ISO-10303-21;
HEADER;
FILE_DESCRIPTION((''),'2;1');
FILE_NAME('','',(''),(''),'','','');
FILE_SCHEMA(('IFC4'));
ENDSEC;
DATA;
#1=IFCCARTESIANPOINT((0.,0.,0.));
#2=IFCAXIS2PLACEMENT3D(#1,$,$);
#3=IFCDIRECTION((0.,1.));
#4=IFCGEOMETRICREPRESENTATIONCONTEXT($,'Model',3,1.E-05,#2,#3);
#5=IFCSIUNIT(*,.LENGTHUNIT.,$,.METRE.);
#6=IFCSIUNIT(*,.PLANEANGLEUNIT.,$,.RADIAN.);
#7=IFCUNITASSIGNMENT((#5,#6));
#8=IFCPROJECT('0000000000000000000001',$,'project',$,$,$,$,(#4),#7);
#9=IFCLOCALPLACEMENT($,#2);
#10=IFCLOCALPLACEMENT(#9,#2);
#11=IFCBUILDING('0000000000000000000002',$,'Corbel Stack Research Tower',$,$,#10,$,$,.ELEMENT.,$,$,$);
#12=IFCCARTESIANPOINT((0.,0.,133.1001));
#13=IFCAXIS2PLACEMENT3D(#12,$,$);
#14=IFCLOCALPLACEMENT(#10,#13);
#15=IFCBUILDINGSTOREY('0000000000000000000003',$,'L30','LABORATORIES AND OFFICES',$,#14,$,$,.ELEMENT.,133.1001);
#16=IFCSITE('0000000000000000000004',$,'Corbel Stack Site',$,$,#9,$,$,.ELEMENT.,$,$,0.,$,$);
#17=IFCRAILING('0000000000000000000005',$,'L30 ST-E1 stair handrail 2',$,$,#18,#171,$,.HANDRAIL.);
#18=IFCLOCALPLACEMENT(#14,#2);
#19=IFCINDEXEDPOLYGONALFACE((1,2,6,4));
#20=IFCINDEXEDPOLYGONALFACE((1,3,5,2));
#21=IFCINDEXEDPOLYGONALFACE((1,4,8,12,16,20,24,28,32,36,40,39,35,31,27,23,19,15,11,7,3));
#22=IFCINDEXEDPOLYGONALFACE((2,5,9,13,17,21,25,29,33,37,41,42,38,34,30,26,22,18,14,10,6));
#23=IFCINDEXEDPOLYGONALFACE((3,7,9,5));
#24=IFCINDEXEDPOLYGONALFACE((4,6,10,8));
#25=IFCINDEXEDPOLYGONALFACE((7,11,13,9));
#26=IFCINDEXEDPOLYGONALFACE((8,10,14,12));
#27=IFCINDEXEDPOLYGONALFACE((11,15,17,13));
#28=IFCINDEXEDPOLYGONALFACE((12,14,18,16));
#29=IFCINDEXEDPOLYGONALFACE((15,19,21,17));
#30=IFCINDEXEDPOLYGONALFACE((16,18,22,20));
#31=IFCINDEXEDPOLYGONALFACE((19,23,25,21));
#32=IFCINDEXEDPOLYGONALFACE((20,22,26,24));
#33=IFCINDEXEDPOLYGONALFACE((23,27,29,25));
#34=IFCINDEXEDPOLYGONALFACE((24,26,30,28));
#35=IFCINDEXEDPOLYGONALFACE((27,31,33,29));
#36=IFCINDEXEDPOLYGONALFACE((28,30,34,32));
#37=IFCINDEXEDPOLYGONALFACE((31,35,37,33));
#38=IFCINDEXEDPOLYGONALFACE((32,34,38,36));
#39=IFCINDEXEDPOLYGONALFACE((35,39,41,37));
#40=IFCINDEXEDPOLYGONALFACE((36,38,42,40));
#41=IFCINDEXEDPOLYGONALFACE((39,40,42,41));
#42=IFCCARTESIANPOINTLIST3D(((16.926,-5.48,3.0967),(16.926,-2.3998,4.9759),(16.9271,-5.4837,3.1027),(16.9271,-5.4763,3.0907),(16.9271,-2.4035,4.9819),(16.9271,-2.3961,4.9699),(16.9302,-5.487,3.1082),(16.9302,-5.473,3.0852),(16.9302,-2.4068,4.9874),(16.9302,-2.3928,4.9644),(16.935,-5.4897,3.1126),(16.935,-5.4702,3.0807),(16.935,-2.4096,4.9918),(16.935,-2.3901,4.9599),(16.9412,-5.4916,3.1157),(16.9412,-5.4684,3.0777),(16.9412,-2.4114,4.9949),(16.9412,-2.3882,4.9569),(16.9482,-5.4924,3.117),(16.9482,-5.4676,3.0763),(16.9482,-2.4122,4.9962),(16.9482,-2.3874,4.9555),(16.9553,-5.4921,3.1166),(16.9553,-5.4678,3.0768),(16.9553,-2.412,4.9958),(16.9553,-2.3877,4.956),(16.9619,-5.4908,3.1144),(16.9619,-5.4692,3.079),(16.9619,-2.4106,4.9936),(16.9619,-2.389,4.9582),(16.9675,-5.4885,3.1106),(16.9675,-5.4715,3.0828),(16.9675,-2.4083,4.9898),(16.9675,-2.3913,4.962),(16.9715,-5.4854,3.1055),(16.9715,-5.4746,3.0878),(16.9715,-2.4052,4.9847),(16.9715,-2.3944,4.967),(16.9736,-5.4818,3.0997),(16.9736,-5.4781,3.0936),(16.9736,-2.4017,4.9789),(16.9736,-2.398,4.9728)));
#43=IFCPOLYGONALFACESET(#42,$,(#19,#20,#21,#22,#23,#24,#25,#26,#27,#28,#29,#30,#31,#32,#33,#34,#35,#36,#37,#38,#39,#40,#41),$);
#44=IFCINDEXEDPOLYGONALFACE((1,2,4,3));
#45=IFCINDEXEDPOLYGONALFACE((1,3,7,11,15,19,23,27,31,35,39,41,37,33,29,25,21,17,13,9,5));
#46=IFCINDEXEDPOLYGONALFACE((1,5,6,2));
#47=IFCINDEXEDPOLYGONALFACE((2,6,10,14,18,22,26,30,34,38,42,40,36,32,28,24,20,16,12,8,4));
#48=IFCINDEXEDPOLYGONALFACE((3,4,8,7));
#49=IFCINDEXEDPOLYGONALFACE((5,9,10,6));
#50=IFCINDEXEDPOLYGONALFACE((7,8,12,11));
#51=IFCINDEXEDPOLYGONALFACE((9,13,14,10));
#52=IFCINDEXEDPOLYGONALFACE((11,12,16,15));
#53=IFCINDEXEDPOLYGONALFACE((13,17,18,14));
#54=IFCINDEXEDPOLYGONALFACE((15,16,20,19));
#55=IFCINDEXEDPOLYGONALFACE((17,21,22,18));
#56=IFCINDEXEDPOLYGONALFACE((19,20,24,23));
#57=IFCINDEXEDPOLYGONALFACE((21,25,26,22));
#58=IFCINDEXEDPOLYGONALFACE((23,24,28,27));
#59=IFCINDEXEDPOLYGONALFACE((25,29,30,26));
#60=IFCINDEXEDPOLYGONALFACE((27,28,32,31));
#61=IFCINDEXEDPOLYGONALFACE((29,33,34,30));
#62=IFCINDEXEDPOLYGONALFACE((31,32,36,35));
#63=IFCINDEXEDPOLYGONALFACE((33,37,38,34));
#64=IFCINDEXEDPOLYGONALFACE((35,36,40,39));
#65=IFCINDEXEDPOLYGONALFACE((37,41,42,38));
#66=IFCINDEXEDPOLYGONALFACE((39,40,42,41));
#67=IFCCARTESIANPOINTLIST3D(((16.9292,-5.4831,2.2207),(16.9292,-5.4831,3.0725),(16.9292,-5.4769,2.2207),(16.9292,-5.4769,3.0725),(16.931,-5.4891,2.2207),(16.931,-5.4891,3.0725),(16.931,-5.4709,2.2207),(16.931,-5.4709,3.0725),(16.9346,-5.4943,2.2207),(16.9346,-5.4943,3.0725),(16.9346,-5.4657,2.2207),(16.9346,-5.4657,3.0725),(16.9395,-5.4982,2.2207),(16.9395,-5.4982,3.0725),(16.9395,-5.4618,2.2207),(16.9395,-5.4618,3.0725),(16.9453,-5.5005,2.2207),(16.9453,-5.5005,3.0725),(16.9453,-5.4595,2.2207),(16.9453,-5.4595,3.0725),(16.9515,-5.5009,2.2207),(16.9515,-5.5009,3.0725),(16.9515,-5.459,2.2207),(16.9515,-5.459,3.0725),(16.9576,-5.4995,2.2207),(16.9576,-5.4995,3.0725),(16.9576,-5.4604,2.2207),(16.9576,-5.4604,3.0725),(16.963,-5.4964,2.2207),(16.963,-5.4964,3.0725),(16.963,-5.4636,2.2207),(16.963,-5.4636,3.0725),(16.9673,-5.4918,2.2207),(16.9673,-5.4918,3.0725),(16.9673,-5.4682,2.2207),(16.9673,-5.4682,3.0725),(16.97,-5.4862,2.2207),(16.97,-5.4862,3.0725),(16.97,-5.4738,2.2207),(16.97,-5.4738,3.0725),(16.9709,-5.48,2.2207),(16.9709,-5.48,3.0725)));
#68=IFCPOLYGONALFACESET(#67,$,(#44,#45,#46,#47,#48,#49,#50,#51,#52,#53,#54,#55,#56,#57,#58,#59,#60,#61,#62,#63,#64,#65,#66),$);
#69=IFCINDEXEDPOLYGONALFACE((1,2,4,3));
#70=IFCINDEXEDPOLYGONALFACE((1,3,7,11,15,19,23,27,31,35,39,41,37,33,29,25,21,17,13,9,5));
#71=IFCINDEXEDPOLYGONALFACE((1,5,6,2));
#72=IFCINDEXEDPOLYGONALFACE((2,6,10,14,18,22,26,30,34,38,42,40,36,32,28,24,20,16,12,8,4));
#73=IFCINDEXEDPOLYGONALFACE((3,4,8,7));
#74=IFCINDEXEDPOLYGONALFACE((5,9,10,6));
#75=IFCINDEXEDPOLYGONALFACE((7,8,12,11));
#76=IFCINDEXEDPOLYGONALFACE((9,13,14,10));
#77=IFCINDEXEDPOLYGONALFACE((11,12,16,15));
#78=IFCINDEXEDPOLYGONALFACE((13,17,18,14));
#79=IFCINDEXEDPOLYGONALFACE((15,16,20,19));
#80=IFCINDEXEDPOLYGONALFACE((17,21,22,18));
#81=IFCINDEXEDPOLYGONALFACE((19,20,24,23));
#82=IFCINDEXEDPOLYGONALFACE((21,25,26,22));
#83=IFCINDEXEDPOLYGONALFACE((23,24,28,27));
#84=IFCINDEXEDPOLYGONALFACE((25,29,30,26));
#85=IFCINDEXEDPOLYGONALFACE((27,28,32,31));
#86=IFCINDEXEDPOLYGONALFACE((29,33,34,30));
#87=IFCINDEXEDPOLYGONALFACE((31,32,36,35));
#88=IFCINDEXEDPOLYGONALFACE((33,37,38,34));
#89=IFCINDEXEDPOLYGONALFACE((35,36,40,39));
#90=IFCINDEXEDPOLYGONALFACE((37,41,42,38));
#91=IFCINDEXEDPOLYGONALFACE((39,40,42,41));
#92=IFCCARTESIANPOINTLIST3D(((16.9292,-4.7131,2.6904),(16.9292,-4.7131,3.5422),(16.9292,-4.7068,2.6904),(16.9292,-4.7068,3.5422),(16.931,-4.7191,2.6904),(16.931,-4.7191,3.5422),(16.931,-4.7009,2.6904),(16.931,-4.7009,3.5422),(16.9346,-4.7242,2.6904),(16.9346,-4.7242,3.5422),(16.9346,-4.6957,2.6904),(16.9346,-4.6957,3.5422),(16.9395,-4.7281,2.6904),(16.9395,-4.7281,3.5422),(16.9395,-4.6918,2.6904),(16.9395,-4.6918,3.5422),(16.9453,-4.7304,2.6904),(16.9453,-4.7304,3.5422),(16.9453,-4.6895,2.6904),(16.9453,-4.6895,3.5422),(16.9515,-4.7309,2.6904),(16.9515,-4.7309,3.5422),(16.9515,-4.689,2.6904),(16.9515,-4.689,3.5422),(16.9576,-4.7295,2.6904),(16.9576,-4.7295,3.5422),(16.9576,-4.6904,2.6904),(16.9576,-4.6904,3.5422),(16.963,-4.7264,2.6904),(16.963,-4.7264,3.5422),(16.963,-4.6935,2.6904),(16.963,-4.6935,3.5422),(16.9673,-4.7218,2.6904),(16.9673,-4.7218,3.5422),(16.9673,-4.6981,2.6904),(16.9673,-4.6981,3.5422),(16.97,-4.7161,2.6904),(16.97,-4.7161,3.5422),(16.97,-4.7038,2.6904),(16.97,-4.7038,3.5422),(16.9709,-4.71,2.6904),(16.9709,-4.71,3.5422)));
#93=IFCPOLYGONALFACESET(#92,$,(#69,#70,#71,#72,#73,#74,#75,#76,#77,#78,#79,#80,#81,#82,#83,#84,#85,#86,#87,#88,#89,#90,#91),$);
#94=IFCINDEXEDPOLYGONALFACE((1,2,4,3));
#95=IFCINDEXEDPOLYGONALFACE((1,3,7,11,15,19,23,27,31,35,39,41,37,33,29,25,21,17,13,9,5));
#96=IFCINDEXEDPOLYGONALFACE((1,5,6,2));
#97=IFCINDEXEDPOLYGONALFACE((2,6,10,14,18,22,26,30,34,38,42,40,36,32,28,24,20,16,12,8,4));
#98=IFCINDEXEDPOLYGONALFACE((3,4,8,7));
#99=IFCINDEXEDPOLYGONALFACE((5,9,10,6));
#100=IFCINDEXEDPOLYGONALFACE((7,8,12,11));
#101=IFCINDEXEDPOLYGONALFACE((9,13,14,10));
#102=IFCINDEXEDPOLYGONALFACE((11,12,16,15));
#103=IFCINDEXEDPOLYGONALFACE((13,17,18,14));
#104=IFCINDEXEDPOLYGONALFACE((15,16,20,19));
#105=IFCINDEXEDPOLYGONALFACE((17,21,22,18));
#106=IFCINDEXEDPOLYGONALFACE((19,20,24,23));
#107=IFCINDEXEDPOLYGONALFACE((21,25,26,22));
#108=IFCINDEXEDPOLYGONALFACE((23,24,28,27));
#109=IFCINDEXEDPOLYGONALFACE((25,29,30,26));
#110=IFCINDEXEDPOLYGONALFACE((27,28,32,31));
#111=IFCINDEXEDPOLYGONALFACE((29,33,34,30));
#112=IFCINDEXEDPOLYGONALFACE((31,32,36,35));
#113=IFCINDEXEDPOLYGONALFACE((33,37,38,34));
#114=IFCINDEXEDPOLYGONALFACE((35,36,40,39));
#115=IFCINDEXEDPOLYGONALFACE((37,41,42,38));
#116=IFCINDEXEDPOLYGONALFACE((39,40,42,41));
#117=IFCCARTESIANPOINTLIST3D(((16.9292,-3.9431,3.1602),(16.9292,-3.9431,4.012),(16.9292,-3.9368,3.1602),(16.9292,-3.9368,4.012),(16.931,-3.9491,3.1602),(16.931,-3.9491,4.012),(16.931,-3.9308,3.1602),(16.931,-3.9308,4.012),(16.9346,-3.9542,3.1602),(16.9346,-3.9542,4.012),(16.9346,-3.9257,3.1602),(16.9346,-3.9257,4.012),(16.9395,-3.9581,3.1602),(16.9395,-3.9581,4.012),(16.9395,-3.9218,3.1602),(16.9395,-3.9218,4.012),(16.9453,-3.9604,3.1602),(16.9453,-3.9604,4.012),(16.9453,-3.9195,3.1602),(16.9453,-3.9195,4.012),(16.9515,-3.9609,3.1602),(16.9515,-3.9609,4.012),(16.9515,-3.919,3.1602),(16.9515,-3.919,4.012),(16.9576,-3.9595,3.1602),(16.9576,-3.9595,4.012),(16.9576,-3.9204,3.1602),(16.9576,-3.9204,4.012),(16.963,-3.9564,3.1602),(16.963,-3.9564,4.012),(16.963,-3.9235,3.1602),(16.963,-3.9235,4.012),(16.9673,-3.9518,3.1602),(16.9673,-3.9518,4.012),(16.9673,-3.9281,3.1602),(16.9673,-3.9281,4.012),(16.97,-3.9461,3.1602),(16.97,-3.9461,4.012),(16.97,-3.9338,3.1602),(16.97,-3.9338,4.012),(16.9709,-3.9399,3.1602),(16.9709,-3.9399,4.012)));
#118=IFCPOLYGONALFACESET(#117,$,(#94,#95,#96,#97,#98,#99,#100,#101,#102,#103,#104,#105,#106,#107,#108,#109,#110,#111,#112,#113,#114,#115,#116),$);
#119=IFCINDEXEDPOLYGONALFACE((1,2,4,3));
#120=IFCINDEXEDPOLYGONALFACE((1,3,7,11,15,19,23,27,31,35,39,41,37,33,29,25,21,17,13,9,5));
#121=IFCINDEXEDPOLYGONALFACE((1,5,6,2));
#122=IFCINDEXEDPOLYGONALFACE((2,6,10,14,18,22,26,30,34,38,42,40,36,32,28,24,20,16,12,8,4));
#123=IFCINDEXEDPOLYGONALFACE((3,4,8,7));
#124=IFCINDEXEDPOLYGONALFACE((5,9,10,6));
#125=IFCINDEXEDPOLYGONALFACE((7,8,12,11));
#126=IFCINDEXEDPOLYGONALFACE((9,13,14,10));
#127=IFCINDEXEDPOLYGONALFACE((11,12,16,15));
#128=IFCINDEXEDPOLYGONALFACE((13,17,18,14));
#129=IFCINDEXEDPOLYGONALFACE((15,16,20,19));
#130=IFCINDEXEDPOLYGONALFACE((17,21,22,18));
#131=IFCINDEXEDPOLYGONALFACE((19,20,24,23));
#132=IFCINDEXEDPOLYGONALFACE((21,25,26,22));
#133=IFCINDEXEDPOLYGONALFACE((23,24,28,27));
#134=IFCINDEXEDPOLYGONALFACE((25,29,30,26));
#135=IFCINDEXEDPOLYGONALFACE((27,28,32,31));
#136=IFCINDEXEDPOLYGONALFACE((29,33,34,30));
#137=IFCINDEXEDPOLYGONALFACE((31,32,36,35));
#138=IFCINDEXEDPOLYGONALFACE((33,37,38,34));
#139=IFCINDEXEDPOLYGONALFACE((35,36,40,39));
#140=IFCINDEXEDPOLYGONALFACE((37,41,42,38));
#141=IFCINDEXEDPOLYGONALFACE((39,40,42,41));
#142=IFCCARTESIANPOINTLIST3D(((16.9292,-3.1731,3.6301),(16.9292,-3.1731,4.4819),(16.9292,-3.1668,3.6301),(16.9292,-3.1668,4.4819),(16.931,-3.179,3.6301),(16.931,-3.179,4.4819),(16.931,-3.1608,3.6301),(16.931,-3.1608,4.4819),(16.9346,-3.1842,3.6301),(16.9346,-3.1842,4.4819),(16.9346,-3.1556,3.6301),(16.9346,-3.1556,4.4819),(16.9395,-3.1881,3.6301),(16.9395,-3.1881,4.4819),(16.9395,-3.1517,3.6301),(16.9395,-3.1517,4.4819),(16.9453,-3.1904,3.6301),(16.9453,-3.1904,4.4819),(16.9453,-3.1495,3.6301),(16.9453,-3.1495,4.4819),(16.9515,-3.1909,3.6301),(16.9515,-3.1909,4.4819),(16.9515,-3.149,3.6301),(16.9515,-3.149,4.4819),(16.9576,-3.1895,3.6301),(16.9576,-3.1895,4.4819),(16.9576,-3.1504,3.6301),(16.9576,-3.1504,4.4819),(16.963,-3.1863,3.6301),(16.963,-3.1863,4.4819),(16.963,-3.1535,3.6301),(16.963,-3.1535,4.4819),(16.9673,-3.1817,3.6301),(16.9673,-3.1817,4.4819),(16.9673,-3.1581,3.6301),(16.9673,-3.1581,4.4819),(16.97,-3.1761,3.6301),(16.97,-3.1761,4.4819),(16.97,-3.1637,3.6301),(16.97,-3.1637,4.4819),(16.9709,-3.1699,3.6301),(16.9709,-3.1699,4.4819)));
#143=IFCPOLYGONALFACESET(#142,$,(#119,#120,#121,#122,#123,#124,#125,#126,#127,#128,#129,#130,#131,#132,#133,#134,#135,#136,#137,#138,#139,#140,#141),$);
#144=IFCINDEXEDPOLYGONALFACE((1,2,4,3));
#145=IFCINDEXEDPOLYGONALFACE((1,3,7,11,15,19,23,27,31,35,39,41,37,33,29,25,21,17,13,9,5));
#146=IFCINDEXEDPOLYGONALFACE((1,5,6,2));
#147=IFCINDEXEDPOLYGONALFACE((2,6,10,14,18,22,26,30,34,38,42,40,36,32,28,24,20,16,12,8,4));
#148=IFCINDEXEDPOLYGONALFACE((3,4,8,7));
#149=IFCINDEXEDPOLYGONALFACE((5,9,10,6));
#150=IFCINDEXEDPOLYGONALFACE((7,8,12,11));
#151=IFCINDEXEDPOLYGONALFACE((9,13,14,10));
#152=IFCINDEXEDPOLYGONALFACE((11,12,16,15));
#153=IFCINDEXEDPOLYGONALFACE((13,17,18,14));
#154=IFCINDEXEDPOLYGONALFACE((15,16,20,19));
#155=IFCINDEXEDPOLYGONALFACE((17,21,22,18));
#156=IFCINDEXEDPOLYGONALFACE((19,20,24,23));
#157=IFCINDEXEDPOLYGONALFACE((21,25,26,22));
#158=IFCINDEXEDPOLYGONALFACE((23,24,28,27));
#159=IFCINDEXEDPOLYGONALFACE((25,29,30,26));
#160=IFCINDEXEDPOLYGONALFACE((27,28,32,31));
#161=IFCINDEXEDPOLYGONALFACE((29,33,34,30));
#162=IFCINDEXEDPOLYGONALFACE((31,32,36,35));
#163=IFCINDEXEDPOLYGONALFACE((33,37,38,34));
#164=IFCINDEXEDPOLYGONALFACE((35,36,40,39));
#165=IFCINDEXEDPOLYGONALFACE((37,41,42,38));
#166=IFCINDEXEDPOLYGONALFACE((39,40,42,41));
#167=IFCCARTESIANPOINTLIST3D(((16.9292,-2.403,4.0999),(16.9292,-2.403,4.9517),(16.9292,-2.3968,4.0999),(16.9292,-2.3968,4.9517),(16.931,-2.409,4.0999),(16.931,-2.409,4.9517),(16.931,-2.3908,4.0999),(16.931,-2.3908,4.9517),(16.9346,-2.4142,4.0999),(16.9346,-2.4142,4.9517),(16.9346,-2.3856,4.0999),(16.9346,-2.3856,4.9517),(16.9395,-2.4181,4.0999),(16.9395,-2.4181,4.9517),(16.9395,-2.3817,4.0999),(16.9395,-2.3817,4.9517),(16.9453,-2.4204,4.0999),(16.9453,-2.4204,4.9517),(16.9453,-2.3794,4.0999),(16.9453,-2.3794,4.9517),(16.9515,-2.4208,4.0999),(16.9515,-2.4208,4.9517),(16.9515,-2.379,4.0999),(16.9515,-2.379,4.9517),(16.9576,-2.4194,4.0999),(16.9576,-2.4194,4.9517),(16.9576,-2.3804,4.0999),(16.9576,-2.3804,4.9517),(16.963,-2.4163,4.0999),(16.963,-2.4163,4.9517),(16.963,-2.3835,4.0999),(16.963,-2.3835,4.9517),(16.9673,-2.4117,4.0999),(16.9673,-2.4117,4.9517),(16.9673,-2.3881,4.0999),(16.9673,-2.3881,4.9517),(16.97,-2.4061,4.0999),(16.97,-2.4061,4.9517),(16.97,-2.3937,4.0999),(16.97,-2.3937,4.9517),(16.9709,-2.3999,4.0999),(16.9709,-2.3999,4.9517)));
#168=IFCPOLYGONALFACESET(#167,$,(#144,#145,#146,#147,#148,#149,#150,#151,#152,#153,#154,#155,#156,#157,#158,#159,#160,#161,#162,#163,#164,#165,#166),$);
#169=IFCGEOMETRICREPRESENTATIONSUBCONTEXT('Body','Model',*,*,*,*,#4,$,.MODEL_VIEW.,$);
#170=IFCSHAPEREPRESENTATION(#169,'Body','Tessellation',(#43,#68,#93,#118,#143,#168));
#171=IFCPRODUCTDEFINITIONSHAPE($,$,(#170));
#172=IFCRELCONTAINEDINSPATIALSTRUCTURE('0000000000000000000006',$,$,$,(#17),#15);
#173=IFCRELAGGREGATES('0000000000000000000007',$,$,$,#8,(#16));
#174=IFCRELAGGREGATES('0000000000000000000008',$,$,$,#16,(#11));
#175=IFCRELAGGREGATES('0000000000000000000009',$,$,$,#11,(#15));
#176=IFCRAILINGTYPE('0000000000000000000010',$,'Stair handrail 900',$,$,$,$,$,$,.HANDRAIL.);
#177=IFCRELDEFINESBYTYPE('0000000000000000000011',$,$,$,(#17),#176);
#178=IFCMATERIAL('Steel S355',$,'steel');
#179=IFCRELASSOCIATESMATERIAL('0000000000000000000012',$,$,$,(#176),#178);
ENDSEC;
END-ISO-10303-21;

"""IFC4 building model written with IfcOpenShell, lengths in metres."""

from ifc_helpers import new_model, si_unit, direction, frame, origin, origin_2d, place, context, subcontext, project, spatial, circle, extrude, material, type_object, element, save


model = new_model("IFC4")

# Units and contexts
model_context = context("Model", 3, precision=1e-05, world=origin(), true_north=direction((0.0, 1.0)))
body_context = subcontext(model_context, "Body", "Model", "MODEL_VIEW")
ifc_project = project(units=[si_unit("LENGTHUNIT", "METRE"), si_unit("PLANEANGLEUNIT", "RADIAN")], contexts=[model_context])

# Site, building, storey
site_placement = place(None, origin())
site = spatial("IfcSite", under=ifc_project, at=site_placement, Name="Corbel Stack Site", CompositionType="ELEMENT", RefElevation=0.0)
building_placement = place(site_placement, origin())
building = spatial("IfcBuilding", under=site, at=building_placement, Name="Corbel Stack Research Tower", CompositionType="ELEMENT")
storey_placement = place(building_placement, frame((0.0, 0.0, 133.1001)))
storey = spatial("IfcBuildingStorey", under=building, at=storey_placement, Name="L30", Description="LABORATORIES AND OFFICES", CompositionType="ELEMENT", Elevation=133.1001)

# Railing
ifc_material_1 = material(Name="Steel S355", Category="steel")
railing_type_1 = type_object("IfcRailingType", Name="Stair handrail 900", PredefinedType="HANDRAIL", material=ifc_material_1)
railing_1_placement = place(storey_placement, frame((16.95, -5.48, 2.2207)))
element("IfcRailing", 1, at=railing_1_placement, inside=storey, type_object=railing_type_1, Name="L30 ST-E1 stair handrail 2", PredefinedType="HANDRAIL", context=body_context, shape_type="SweptSolid", body=[
    extrude(circle(Radius=0.0239, at=origin_2d()), frame((0.0, 0.0, 0.876), z_axis=(0.0, 0.853666, 0.52082), x_axis=(-1.0, 0.0, 0.0)), (0.0, 0.0, 1.0), 3.6082),
    extrude(circle(Radius=0.021, at=origin_2d()), origin(), (0.0, 0.0, 1.0), 0.8518),
    extrude(circle(Radius=0.021, at=origin_2d()), frame((0.0, 0.77, 0.4697)), (0.0, 0.0, 1.0), 0.8518),
    extrude(circle(Radius=0.021, at=origin_2d()), frame((0.0, 1.54, 0.9395)), (0.0, 0.0, 1.0), 0.8518),
    extrude(circle(Radius=0.021, at=origin_2d()), frame((0.0, 2.3101, 1.4094)), (0.0, 0.0, 1.0), 0.8518),
    extrude(circle(Radius=0.021, at=origin_2d()), frame((0.0, 3.0801, 1.8792)), (0.0, 0.0, 1.0), 0.8518),
])

save(model, "model.ifc")
